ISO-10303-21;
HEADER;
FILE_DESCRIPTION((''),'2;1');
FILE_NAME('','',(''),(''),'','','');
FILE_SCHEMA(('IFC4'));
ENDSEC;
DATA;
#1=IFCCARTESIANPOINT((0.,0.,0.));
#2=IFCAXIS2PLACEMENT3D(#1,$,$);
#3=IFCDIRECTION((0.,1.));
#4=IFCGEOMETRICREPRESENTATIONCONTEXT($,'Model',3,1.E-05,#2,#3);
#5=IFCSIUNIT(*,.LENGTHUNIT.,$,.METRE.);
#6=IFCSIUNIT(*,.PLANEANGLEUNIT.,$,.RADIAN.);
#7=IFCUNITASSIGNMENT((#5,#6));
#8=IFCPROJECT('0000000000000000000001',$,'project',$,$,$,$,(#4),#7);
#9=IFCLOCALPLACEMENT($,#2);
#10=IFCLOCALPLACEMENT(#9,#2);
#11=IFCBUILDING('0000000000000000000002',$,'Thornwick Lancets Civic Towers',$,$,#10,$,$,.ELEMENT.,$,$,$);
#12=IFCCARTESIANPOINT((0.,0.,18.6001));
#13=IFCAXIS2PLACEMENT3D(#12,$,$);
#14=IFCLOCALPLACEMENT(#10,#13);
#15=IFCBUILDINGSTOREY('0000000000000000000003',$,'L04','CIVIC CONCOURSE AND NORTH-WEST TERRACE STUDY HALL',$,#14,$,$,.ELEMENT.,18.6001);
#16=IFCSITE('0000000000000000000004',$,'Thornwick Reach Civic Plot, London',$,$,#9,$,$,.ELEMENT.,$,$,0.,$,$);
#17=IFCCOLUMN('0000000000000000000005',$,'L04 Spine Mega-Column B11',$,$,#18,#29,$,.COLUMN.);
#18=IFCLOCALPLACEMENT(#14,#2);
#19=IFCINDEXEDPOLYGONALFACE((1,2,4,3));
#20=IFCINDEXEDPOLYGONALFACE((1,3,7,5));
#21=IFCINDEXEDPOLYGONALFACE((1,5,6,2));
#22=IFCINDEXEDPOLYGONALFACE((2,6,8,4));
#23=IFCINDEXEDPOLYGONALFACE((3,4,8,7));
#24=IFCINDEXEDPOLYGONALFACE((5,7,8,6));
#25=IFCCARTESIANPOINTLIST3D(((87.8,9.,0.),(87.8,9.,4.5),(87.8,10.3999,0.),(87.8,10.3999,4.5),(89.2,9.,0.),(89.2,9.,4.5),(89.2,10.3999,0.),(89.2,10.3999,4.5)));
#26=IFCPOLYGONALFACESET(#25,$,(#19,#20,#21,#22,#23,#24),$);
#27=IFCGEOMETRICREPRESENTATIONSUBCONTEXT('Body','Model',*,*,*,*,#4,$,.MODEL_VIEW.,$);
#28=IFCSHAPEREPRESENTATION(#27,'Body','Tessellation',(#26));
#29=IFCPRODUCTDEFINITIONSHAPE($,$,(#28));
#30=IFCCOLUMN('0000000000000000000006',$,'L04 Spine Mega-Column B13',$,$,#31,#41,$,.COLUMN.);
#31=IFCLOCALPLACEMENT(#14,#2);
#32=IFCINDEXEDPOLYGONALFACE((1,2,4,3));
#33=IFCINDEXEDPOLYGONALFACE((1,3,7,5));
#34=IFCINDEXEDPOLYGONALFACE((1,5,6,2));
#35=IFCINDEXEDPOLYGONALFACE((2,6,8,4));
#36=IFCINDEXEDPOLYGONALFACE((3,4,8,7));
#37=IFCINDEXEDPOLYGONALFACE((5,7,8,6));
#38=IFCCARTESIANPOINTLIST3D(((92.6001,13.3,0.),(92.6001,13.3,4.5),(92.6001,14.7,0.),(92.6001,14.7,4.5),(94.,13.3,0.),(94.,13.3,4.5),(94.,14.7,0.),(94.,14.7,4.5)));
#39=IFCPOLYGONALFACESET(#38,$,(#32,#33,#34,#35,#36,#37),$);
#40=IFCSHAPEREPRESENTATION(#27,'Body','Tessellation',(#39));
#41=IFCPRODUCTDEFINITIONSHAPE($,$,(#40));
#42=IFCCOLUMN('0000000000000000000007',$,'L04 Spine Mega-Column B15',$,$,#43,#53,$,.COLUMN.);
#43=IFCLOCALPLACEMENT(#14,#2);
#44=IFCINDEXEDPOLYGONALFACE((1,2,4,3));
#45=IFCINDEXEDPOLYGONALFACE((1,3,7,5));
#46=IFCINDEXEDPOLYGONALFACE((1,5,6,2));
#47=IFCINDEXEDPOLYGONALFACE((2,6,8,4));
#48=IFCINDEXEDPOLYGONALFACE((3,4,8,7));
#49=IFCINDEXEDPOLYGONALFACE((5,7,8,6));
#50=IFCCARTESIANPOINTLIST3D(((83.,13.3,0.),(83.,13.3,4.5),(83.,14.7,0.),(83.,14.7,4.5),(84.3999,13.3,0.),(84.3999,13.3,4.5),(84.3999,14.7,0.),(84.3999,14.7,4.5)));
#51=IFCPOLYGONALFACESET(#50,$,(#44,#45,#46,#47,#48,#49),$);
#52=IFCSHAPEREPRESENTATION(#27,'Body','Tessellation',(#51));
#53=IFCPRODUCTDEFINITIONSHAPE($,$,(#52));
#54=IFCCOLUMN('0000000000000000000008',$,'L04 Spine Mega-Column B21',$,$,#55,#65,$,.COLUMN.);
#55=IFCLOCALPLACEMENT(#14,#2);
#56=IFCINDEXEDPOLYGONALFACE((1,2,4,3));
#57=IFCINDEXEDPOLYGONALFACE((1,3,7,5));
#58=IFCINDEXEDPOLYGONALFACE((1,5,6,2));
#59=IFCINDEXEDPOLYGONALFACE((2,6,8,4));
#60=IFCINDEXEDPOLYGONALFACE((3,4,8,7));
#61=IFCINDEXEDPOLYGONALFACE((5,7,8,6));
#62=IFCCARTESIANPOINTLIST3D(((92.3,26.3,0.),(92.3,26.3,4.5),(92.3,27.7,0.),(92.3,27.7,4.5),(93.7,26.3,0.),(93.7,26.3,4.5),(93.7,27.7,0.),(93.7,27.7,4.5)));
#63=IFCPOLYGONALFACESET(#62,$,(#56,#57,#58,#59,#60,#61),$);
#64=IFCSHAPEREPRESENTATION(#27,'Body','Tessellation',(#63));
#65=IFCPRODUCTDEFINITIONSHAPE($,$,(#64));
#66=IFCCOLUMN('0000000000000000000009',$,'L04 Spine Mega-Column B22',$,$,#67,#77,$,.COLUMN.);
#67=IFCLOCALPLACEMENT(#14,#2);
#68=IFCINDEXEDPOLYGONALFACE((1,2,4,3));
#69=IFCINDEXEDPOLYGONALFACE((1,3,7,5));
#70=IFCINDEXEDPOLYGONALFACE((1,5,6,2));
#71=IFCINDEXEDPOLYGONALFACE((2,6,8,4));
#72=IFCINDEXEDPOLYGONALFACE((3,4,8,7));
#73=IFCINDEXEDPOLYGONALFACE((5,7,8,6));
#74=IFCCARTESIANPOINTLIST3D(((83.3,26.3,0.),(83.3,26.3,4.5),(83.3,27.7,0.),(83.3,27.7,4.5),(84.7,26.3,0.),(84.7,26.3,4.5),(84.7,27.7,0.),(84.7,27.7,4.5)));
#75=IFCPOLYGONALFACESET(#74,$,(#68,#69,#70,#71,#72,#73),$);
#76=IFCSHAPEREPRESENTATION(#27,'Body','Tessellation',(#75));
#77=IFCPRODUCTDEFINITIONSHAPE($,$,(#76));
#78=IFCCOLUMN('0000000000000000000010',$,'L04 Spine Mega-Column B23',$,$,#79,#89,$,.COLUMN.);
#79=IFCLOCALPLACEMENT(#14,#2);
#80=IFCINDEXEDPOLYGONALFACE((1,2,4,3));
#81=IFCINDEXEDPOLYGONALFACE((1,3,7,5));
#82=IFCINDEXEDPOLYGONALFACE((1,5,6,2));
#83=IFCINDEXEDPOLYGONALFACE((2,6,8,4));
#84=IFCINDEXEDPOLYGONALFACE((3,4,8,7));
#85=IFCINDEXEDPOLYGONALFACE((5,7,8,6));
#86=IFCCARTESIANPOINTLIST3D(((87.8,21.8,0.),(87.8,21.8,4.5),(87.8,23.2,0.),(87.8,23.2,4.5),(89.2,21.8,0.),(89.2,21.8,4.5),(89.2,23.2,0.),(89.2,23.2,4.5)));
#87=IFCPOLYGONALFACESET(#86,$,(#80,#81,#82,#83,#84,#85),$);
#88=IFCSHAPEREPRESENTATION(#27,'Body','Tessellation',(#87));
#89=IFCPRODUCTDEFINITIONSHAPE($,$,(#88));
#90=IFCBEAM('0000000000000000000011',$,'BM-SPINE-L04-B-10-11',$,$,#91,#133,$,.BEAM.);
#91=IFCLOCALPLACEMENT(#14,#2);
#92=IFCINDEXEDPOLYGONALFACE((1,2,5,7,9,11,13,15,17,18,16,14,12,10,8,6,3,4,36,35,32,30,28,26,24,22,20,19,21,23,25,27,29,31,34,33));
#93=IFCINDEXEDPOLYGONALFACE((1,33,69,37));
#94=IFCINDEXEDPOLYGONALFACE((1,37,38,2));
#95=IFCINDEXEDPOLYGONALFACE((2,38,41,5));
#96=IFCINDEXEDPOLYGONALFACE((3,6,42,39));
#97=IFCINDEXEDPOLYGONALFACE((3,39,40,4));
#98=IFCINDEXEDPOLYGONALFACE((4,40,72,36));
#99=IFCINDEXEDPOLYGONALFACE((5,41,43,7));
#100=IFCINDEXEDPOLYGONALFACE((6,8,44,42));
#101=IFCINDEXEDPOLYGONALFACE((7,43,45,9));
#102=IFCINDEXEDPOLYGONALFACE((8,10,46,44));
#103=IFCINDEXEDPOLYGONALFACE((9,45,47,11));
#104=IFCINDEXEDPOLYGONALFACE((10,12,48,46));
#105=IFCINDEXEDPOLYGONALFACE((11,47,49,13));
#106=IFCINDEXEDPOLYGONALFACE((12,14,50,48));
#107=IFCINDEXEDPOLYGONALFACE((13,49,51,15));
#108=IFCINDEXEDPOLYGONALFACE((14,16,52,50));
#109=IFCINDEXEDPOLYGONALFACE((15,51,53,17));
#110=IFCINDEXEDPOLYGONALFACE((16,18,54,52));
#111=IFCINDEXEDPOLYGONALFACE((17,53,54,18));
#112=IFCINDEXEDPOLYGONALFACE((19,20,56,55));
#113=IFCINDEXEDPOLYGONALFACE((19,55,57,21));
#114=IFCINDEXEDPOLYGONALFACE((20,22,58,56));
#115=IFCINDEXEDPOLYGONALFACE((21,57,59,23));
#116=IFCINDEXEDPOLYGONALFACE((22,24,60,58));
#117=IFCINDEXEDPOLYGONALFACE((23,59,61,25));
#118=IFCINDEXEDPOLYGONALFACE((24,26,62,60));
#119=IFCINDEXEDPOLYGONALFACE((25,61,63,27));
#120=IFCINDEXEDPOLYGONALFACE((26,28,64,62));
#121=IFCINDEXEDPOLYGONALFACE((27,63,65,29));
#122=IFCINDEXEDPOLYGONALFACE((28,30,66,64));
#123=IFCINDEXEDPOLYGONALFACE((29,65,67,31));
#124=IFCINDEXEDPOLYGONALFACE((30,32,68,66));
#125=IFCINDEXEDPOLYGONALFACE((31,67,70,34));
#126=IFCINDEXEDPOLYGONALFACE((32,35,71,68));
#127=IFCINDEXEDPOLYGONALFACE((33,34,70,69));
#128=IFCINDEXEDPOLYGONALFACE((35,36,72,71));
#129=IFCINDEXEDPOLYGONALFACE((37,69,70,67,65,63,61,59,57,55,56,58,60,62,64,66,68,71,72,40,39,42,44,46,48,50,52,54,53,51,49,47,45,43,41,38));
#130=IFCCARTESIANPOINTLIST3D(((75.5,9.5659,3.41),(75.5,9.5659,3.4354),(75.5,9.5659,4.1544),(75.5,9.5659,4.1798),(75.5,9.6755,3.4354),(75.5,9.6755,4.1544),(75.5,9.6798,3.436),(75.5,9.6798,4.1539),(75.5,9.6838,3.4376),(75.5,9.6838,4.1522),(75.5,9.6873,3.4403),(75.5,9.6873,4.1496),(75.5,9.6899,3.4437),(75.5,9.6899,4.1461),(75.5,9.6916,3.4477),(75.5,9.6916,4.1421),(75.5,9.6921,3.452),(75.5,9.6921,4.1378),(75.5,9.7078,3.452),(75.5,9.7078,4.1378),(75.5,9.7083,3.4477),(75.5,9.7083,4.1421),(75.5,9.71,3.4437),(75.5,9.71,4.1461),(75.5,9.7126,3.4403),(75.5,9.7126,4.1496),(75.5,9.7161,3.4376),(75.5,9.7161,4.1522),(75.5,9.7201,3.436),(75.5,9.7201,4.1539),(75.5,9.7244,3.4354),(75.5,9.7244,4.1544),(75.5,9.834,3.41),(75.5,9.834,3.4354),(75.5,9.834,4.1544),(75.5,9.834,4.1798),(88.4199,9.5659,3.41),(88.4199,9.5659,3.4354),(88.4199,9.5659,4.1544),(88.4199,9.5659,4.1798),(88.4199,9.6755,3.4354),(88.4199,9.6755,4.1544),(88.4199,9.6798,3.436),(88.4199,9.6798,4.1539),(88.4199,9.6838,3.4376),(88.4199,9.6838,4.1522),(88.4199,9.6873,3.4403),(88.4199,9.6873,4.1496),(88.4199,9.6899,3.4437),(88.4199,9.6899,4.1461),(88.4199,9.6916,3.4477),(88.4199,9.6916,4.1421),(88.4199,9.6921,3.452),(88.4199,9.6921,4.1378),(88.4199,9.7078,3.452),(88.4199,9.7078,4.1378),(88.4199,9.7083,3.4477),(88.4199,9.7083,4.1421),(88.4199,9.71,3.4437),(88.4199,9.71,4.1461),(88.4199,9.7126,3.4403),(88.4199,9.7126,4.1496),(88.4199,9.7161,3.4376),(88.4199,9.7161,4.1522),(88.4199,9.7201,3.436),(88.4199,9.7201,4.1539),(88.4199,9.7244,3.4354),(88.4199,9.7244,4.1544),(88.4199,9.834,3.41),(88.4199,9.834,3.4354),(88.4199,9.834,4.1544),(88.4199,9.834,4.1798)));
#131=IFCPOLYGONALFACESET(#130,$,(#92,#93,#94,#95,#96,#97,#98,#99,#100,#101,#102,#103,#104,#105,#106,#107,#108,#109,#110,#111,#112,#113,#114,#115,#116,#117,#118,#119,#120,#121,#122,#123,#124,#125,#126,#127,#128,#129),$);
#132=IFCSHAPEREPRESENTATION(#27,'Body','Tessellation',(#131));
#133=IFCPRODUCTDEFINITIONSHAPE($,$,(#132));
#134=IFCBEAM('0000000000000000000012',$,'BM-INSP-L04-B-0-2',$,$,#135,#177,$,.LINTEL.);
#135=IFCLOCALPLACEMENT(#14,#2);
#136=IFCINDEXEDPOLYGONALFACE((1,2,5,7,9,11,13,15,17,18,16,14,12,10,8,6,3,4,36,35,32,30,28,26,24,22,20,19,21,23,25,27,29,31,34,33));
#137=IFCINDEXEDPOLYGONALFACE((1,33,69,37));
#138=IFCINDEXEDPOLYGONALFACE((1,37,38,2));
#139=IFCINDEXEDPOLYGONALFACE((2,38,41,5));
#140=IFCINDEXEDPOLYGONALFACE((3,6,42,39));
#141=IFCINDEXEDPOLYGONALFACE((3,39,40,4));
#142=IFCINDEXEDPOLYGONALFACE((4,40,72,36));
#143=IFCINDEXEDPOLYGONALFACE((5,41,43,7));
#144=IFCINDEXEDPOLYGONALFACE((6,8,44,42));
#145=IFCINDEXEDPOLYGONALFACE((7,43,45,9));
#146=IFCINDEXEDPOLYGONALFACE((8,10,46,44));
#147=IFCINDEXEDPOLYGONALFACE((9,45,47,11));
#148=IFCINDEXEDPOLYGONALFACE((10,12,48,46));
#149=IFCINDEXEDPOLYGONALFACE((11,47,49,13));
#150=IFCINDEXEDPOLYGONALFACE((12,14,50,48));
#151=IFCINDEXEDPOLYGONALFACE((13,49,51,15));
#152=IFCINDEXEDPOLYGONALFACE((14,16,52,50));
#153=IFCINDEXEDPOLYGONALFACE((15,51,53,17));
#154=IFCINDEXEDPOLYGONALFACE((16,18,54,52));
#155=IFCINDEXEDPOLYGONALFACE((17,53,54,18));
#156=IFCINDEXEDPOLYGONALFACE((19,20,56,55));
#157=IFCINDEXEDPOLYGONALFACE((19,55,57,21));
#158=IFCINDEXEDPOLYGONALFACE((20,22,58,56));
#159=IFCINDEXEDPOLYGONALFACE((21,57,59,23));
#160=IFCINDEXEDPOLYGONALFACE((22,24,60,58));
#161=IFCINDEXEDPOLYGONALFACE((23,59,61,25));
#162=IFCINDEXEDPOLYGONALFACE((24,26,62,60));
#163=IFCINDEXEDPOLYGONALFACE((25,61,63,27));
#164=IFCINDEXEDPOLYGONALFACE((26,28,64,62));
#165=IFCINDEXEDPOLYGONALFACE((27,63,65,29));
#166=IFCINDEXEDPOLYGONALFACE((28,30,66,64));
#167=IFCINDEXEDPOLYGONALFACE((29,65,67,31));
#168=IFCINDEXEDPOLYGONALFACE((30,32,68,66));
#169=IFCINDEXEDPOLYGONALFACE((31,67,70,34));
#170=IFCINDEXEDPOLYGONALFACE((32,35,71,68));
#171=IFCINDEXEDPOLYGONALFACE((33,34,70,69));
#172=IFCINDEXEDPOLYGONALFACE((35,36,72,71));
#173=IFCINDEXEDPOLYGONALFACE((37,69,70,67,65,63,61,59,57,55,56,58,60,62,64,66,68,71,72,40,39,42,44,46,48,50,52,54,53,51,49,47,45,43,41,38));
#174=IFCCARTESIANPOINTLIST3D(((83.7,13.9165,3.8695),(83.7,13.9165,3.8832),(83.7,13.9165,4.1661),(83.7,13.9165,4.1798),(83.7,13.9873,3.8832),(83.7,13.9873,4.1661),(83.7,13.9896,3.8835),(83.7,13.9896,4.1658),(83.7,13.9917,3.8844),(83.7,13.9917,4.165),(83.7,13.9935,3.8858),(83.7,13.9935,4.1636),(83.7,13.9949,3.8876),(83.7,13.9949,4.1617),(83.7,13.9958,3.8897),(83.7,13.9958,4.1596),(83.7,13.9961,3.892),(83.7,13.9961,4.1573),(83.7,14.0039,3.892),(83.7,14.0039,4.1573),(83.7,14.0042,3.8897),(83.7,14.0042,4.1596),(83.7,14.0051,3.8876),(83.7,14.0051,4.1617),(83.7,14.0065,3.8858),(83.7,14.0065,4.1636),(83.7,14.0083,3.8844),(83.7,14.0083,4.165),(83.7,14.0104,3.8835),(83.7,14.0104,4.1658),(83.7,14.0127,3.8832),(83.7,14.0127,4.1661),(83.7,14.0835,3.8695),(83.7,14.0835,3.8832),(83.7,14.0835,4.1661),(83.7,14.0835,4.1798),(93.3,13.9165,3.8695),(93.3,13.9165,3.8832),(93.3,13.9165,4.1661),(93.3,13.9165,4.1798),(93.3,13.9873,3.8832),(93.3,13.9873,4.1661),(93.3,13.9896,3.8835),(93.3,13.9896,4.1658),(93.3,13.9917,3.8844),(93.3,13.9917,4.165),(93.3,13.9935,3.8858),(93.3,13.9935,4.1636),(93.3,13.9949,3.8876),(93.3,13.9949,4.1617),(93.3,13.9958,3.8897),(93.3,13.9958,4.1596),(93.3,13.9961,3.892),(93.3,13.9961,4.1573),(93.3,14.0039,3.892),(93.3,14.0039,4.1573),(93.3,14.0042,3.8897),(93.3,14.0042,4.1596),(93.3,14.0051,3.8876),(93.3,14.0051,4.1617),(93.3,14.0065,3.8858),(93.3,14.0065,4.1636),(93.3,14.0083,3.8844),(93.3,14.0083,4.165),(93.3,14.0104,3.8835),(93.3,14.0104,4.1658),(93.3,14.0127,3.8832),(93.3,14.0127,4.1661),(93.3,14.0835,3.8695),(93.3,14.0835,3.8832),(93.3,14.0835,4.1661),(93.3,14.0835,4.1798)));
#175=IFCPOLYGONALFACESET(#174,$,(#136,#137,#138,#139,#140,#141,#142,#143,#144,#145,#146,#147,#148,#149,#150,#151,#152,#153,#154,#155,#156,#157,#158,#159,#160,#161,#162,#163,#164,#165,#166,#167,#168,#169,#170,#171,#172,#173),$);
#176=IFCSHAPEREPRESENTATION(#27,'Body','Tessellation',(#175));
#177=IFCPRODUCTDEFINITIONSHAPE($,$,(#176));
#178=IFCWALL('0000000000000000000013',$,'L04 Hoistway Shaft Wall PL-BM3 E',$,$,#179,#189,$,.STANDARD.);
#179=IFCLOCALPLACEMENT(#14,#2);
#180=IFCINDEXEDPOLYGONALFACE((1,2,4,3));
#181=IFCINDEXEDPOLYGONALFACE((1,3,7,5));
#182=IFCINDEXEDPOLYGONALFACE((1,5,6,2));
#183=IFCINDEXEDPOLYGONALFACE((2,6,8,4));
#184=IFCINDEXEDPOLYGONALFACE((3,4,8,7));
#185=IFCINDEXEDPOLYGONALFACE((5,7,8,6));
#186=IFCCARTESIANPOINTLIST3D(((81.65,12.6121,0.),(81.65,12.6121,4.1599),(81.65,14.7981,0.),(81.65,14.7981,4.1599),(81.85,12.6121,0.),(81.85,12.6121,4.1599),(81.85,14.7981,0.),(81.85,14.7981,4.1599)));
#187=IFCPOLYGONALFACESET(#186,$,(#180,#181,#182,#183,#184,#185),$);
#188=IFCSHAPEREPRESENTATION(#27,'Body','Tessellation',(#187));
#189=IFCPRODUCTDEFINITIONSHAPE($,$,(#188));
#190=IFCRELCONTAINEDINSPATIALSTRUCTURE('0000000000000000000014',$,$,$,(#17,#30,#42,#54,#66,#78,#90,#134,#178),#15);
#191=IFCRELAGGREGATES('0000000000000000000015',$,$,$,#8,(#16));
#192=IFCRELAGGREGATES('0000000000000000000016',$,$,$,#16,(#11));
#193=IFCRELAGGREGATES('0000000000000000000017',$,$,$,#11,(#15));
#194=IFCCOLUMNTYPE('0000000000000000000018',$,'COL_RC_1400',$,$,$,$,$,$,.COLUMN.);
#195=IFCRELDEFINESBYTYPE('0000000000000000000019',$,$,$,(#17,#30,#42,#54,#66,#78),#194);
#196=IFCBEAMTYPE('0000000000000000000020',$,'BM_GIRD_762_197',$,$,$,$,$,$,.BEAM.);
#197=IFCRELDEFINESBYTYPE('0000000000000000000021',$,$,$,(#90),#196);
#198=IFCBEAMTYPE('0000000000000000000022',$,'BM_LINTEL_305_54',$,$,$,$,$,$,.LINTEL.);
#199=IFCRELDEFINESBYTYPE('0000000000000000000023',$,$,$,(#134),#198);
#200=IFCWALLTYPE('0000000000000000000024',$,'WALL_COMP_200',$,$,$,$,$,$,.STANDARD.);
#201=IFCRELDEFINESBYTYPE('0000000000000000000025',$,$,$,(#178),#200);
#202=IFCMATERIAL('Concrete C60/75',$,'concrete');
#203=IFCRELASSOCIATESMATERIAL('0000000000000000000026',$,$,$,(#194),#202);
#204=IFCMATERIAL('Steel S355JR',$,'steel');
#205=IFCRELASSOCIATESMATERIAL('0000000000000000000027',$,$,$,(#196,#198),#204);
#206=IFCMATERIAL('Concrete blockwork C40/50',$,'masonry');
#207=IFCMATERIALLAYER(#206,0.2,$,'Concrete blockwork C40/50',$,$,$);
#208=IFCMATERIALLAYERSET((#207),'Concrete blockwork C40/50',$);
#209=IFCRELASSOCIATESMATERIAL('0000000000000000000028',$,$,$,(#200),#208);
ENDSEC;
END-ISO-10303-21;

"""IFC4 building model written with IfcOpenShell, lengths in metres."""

from ifc_helpers import new_model, si_unit, direction, frame, frame_2d, origin, origin_2d, place, context, subcontext, project, spatial, rectangle, i_section, extrude, material, layer, layer_set, material_profile, profile_set, type_object, element, save


model = new_model("IFC4")

# Units and contexts
model_context = context("Model", 3, precision=1e-05, world=origin(), true_north=direction((0.0, 1.0)))
body_context = subcontext(model_context, "Body", "Model", "MODEL_VIEW")
ifc_project = project(units=[si_unit("LENGTHUNIT", "METRE"), si_unit("PLANEANGLEUNIT", "RADIAN")], contexts=[model_context])

# Site, building, storey
site_placement = place(None, origin())
site = spatial("IfcSite", under=ifc_project, at=site_placement, Name="Thornwick Reach Civic Plot, London", CompositionType="ELEMENT", RefElevation=0.0)
building_placement = place(site_placement, origin())
building = spatial("IfcBuilding", under=site, at=building_placement, Name="Thornwick Lancets Civic Towers", CompositionType="ELEMENT")
storey_placement = place(building_placement, frame((0.0, 0.0, 18.6001)))
storey = spatial("IfcBuildingStorey", under=building, at=storey_placement, Name="L04", Description="CIVIC CONCOURSE AND NORTH-WEST TERRACE STUDY HALL", CompositionType="ELEMENT", Elevation=18.6001)

# Columns
ifc_material_1 = material(Name="Concrete C60/75", Category="concrete")
ifc_material_profile_1 = material_profile(ifc_material_1, rectangle(XDim=1.3999, YDim=1.3999, at=origin_2d()), Name="RC 1400x1400")
ifc_profile_set_1 = profile_set([ifc_material_profile_1], Name="Concrete C60/75")
column_type = type_object("IfcColumnType", Name="COL_RC_1400", PredefinedType="COLUMN", material=ifc_profile_set_1)
for number, where, z_axis, x_axis, name in (
    (1, (88.5, 9.7, 0.0), (0.0, 0.0, 1.0), (1.0, 0.0, 0.0), "L04 Spine Mega-Column B11"),
    (2, (93.3, 14.0, 0.0), (0.0, 0.0, 1.0), (1.0, 0.0, 0.0), "L04 Spine Mega-Column B13"),
    (3, (83.7, 14.0, 0.0), (0.0, 0.0, 1.0), (1.0, 0.0, 0.0), "L04 Spine Mega-Column B15"),
    (4, (93.0, 27.0, 0.0), (0.0, 0.0, 1.0), (1.0, 0.0, 0.0), "L04 Spine Mega-Column B21"),
    (5, (84.0, 27.0, 0.0), (0.0, 0.0, 1.0), (1.0, 0.0, 0.0), "L04 Spine Mega-Column B22"),
    (6, (88.5, 22.5, 0.0), (0.0, 0.0, 1.0), (1.0, 0.0, 0.0), "L04 Spine Mega-Column B23"),
):
    element("IfcColumn", number, at=place(storey_placement, frame(where, z_axis=z_axis, x_axis=x_axis)), inside=storey, type_object=column_type, Name=name, PredefinedType="COLUMN", context=body_context, shape_type="SweptSolid", body=[
        extrude(rectangle(XDim=1.3999, YDim=1.3999, at=origin_2d()), origin(), (0.0, 0.0, 1.0), 4.5),
    ])

# Beams
ifc_material_2 = material(Name="Steel S355JR", Category="steel")
ifc_material_profile_2 = material_profile(ifc_material_2, i_section(OverallWidth=0.2681, OverallDepth=0.7698, WebThickness=0.0156, FlangeThickness=0.0254, FilletRadius=0.0166, at=origin_2d()), Name="UKB 762x267x197")
ifc_profile_set_2 = profile_set([ifc_material_profile_2], Name="Steel S355JR")
beam_type_1 = type_object("IfcBeamType", Name="BM_GIRD_762_197", PredefinedType="BEAM", material=ifc_profile_set_2)
beam_1_placement = place(storey_placement, frame((88.4199, 9.7, 3.7949), z_axis=(-1.0, 0.0, 0.0), x_axis=(0.0, -1.0, 0.0)))
element("IfcBeam", 7, at=beam_1_placement, inside=storey, type_object=beam_type_1, Name="BM-SPINE-L04-B-10-11", PredefinedType="BEAM", context=body_context, shape_type="SweptSolid", body=[
    extrude(i_section(OverallWidth=0.2681, OverallDepth=0.7698, WebThickness=0.0156, FlangeThickness=0.0254, FilletRadius=0.0166, at=origin_2d()), origin(), (0.0, 0.0, 1.0), 12.9199),
])
ifc_material_profile_3 = material_profile(ifc_material_2, i_section(OverallWidth=0.167, OverallDepth=0.3103, WebThickness=0.0078, FlangeThickness=0.0137, FilletRadius=0.0088, at=origin_2d()), Name="UKB 305x165x54")
ifc_profile_set_3 = profile_set([ifc_material_profile_3], Name="Steel S355JR")
beam_type_2 = type_object("IfcBeamType", Name="BM_LINTEL_305_54", PredefinedType="LINTEL", material=ifc_profile_set_3)
beam_2_placement = place(storey_placement, frame((93.3, 14.0, 4.0247), z_axis=(-1.0, 0.0, 0.0), x_axis=(0.0, -1.0, 0.0)))
element("IfcBeam", 8, at=beam_2_placement, inside=storey, type_object=beam_type_2, Name="BM-INSP-L04-B-0-2", PredefinedType="LINTEL", context=body_context, shape_type="SweptSolid", body=[
    extrude(i_section(OverallWidth=0.167, OverallDepth=0.3103, WebThickness=0.0078, FlangeThickness=0.0137, FilletRadius=0.0088, at=origin_2d()), origin(), (0.0, 0.0, 1.0), 9.6001),
])

# Wall
ifc_material_3 = material(Name="Concrete blockwork C40/50", Category="masonry")
ifc_layer_1 = layer(ifc_material_3, 0.2, Name="Concrete blockwork C40/50")
ifc_layer_set_1 = layer_set([ifc_layer_1], Name="Concrete blockwork C40/50")
wall_type_1 = type_object("IfcWallType", Name="WALL_COMP_200", PredefinedType="STANDARD", material=ifc_layer_set_1)
wall_1_placement = place(storey_placement, frame((81.75, 12.6121, 0.0), z_axis=(0.0, 0.0, 1.0), x_axis=(0.0, 1.0, 0.0)))
element("IfcWall", 9, at=wall_1_placement, inside=storey, type_object=wall_type_1, Name="L04 Hoistway Shaft Wall PL-BM3 E", PredefinedType="STANDARD", context=body_context, shape_type="SweptSolid", body=[
    extrude(rectangle(XDim=2.186, YDim=0.2, at=frame_2d((1.093, 0.0))), origin(), (0.0, 0.0, 1.0), 4.1599),
])

save(model, "model.ifc")
